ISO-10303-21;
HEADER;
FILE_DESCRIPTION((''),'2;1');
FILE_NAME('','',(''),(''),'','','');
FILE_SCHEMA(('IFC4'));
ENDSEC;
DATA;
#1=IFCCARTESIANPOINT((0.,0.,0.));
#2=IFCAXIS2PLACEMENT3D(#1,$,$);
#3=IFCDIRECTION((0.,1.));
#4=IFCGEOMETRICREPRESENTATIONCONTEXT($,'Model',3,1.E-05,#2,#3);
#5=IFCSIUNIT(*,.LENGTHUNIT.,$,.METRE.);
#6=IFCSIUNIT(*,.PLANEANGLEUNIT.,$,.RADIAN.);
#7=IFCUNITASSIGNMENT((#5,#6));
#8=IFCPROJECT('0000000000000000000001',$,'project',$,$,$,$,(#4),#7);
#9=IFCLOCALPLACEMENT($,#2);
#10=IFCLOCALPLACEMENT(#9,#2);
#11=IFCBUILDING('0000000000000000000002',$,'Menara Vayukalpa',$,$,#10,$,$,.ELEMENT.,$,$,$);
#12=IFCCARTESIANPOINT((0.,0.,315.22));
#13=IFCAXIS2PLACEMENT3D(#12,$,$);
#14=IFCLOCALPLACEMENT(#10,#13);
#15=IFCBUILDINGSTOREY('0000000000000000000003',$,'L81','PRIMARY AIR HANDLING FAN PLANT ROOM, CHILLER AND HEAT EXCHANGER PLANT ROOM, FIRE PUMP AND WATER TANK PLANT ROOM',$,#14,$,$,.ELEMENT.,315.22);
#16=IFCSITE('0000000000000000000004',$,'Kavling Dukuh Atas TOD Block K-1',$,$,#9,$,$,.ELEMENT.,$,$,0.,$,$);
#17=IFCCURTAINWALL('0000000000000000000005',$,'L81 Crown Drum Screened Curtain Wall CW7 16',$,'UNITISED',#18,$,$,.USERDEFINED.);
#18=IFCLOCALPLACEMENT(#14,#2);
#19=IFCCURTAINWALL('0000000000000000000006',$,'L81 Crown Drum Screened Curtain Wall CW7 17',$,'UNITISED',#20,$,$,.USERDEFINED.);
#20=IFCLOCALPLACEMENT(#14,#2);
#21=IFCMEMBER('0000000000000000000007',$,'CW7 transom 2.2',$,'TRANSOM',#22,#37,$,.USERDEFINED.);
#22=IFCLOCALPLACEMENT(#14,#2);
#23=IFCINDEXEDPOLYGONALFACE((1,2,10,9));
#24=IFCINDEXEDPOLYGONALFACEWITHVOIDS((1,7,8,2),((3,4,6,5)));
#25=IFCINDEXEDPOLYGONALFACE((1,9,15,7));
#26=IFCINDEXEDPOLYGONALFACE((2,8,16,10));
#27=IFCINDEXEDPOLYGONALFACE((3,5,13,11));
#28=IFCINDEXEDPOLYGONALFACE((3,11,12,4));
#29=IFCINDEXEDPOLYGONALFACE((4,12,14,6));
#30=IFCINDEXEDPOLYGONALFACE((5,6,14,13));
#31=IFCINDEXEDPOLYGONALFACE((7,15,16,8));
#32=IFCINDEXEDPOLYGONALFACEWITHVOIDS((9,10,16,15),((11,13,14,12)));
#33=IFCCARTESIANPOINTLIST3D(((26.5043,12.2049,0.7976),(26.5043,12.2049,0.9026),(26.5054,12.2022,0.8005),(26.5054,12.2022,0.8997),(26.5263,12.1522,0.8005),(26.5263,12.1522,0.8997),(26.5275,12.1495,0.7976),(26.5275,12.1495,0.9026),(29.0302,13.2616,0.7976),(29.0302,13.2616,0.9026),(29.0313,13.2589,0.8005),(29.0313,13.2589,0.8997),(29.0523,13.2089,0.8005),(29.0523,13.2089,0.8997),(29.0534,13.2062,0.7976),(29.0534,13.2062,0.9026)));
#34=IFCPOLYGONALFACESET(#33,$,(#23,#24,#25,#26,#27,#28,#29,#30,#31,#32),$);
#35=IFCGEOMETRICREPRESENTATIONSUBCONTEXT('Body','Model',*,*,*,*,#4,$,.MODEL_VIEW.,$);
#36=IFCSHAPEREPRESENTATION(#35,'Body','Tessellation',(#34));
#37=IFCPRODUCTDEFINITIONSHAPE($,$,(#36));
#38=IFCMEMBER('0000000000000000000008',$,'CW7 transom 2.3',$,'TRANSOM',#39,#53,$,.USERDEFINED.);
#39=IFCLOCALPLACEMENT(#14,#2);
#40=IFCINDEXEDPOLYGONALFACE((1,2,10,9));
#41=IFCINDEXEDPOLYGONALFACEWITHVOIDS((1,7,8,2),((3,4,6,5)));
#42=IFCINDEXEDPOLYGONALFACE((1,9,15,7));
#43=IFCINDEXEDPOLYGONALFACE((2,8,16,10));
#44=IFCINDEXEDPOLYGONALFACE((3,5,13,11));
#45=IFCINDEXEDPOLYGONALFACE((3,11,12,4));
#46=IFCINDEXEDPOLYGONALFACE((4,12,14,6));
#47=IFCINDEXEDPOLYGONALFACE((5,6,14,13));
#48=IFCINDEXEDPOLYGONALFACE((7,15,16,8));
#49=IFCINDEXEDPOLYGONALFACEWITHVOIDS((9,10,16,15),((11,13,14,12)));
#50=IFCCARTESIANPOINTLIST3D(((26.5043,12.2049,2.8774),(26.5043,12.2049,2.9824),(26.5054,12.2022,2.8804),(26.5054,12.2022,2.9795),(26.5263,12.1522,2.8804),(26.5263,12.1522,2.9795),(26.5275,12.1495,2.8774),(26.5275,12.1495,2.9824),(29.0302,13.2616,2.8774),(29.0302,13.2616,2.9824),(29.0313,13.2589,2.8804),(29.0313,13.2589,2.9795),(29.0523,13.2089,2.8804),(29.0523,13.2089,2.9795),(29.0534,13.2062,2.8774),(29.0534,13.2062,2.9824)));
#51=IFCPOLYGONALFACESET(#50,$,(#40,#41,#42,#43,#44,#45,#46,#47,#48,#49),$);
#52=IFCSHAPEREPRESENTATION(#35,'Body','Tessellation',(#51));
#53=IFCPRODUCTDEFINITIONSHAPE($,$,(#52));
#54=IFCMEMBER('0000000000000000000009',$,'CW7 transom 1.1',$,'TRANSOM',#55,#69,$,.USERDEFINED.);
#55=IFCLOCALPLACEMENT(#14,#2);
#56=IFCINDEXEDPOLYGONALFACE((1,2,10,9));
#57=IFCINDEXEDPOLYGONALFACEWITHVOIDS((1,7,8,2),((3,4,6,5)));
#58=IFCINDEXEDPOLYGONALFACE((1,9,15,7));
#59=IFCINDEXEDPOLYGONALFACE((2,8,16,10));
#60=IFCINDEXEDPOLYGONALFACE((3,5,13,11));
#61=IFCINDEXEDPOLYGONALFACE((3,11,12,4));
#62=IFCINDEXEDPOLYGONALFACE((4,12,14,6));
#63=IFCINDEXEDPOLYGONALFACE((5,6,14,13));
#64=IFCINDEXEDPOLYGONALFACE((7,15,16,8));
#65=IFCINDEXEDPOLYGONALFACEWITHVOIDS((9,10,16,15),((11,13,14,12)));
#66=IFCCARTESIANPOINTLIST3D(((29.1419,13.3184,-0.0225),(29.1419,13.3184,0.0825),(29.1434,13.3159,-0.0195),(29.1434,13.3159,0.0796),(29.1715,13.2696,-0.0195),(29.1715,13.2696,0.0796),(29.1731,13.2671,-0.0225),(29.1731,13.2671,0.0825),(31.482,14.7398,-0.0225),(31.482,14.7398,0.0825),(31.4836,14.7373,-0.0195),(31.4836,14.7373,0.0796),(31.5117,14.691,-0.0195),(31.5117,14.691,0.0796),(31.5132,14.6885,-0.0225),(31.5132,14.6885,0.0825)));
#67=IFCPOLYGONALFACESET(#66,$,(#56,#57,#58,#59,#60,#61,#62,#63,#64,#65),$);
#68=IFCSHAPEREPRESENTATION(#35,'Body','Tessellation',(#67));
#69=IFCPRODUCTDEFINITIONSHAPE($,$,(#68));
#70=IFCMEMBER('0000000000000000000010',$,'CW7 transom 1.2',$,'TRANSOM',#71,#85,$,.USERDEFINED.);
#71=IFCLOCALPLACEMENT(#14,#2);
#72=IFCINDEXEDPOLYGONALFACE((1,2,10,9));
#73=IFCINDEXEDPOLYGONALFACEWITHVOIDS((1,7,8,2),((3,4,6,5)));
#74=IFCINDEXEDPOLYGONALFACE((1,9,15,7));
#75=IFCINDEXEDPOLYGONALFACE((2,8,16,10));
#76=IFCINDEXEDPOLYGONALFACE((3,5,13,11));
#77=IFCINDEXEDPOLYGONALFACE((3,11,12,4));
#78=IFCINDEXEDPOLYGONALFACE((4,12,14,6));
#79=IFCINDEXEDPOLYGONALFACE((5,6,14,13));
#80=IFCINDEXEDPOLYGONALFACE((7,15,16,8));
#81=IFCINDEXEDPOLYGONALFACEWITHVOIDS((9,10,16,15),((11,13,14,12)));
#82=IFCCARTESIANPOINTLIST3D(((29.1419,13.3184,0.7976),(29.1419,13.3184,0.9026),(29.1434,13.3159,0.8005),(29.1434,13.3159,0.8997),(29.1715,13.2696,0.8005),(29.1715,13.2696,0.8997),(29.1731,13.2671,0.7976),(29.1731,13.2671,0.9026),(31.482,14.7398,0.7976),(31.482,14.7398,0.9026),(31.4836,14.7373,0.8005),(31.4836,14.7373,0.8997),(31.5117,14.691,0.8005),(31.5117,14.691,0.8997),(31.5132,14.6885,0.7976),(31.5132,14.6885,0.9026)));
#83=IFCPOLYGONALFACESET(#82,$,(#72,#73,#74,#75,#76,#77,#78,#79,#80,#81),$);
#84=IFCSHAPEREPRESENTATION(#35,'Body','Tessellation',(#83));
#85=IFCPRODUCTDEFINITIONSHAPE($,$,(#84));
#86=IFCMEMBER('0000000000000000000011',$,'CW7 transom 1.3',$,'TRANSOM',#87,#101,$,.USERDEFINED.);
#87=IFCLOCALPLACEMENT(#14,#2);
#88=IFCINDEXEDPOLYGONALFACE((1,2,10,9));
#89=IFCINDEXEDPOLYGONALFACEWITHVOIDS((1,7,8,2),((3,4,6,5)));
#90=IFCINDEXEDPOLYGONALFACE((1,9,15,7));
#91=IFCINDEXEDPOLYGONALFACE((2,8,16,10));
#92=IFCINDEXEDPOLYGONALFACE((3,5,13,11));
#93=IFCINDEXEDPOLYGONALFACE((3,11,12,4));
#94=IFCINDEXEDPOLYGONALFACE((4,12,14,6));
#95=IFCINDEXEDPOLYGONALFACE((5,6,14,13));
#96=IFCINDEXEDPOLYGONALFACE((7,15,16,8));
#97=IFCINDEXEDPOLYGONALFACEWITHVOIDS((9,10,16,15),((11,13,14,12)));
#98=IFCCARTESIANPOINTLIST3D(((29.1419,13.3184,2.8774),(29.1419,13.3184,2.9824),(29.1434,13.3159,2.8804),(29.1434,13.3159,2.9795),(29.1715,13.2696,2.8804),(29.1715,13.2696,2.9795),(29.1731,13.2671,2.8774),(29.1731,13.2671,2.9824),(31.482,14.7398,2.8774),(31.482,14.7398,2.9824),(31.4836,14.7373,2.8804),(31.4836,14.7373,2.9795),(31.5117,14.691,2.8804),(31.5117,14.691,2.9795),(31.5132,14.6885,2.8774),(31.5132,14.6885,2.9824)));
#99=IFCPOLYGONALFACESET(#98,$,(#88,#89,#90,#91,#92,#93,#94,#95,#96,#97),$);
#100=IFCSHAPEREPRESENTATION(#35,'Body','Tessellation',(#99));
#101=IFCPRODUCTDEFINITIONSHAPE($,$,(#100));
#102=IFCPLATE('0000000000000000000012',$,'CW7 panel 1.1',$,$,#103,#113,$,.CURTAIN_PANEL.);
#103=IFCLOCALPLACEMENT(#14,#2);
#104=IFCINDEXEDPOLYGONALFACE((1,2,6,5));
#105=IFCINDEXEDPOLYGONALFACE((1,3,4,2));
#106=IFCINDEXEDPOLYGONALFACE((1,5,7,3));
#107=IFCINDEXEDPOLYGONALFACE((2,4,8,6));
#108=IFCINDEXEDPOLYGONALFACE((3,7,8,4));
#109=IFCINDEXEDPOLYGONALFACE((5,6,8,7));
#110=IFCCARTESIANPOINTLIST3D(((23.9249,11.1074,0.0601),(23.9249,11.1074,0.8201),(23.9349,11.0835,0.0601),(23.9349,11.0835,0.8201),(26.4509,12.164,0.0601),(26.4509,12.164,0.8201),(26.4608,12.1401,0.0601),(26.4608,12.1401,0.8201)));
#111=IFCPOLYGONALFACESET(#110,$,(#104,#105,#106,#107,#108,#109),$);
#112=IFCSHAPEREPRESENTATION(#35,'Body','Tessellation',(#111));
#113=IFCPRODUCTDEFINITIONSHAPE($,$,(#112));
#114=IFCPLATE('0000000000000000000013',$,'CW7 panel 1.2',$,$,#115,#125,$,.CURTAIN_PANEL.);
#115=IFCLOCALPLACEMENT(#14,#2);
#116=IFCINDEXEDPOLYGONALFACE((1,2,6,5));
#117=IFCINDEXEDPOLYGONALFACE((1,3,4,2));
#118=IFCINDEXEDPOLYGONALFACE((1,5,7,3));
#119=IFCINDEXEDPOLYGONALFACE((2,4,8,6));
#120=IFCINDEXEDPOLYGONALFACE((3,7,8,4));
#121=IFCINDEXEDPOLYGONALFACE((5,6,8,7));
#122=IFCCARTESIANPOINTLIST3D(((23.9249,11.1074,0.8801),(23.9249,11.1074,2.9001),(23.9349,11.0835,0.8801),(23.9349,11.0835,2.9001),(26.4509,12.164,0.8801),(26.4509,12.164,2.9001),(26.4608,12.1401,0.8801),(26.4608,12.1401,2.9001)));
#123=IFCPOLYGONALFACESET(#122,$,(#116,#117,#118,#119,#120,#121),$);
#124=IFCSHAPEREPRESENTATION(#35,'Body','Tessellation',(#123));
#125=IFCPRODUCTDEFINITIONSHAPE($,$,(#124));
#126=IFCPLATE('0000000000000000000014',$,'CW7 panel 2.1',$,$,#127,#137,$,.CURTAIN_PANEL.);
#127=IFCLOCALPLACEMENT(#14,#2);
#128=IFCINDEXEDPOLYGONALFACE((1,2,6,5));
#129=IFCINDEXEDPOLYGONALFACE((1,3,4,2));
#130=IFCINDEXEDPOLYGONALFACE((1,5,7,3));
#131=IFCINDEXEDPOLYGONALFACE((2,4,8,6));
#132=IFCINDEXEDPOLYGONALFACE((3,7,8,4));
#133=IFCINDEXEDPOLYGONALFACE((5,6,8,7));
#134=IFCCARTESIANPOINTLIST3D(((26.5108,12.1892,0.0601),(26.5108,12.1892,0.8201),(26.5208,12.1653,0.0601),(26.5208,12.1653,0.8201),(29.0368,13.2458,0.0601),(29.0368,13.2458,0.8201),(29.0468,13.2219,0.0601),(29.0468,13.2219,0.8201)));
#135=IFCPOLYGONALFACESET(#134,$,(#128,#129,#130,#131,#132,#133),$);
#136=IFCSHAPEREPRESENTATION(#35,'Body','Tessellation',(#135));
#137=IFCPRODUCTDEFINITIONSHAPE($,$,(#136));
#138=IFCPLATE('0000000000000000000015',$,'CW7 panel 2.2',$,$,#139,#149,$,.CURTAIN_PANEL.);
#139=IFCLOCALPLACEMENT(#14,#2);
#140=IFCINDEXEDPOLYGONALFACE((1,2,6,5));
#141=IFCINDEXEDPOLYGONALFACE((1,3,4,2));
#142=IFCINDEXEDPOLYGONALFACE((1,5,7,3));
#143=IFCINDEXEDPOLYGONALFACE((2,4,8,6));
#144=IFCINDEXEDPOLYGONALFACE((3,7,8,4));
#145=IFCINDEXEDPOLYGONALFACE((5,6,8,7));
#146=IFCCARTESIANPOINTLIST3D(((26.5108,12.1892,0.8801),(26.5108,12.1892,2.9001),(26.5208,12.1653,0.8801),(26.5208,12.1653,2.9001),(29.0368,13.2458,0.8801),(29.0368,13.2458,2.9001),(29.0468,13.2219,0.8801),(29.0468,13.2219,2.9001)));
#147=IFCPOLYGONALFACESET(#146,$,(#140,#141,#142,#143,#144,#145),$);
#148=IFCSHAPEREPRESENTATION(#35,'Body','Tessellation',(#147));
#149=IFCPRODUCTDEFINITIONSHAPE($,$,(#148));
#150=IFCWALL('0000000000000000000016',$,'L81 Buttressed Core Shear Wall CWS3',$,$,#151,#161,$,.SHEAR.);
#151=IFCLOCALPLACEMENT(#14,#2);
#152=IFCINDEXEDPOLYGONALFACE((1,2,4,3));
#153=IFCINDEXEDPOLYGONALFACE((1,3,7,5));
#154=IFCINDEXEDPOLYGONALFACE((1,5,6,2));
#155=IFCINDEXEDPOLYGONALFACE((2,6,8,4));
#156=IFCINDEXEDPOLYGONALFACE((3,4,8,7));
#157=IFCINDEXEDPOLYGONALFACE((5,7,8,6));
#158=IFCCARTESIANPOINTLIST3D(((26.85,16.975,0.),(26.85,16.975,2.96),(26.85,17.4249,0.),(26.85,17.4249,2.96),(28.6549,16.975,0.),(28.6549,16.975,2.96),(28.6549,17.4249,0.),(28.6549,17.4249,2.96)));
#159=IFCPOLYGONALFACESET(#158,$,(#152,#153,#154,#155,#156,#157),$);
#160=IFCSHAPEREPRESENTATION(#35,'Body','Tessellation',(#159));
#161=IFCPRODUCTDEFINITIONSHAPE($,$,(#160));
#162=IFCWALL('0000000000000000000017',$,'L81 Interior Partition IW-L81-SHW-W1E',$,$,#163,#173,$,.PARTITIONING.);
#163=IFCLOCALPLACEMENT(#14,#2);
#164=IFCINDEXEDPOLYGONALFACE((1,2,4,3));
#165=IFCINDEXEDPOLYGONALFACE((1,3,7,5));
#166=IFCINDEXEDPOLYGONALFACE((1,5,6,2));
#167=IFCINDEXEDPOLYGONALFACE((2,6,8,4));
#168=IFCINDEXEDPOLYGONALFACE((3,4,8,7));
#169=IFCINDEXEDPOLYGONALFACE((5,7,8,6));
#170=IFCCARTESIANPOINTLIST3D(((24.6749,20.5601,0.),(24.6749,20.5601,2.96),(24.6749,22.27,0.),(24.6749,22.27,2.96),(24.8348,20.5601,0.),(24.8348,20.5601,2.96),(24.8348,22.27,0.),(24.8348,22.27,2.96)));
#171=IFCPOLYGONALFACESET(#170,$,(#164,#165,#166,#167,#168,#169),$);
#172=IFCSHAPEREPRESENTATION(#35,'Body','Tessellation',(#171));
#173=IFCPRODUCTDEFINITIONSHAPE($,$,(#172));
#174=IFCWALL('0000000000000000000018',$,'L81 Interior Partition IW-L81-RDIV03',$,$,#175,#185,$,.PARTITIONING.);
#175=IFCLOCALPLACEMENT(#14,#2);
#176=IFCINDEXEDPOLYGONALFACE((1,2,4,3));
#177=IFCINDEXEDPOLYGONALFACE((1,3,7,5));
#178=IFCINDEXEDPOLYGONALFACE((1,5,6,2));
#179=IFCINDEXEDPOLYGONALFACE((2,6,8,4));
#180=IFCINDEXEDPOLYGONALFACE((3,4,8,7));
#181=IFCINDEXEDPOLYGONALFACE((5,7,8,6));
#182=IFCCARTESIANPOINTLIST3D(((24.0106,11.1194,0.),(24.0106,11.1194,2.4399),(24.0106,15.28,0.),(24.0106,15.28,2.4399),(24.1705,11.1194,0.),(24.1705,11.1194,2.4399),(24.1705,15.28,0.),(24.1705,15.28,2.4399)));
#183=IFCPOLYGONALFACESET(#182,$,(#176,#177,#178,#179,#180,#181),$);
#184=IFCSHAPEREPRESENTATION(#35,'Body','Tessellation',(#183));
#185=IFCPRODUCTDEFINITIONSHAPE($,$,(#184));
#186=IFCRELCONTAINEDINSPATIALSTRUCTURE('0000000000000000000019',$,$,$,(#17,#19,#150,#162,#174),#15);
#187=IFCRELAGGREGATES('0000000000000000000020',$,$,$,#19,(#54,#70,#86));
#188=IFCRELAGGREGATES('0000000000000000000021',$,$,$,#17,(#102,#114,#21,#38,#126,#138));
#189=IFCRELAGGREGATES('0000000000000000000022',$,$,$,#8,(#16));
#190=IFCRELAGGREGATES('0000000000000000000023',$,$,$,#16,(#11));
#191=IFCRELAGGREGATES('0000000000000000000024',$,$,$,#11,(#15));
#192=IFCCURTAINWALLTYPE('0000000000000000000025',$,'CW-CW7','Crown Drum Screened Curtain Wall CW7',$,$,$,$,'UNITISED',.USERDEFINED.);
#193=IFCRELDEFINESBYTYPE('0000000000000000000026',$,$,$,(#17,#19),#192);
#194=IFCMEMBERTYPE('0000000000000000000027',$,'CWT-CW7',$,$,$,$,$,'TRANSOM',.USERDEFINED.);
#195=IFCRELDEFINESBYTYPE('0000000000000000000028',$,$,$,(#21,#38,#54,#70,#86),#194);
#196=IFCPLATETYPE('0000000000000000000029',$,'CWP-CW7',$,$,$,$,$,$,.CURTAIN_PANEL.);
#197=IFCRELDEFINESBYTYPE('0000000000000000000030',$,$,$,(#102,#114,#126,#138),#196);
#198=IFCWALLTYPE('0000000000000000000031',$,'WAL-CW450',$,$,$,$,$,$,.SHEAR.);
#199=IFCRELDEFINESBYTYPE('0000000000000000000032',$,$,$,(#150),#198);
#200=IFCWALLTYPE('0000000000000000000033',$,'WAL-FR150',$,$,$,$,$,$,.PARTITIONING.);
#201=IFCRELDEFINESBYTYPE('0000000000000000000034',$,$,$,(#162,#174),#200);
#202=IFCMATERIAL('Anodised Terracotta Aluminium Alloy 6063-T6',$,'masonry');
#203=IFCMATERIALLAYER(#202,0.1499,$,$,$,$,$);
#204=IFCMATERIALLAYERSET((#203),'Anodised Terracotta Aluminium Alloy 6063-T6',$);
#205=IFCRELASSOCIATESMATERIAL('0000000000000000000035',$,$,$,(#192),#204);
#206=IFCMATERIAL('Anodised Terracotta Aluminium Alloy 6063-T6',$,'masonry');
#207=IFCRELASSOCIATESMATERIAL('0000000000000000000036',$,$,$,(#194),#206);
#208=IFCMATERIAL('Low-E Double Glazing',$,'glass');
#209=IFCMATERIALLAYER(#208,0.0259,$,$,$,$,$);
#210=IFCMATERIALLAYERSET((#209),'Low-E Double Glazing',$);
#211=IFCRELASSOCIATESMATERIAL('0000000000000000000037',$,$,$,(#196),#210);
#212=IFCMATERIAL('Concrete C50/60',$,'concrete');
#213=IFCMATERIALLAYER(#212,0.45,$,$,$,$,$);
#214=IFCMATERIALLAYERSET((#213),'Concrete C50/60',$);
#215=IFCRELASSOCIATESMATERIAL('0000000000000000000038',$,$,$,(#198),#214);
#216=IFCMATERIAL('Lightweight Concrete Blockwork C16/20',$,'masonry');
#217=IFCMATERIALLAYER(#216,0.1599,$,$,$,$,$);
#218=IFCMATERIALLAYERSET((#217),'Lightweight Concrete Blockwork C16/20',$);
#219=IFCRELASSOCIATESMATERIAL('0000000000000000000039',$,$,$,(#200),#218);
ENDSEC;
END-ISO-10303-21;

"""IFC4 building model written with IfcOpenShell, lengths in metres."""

from ifc_helpers import new_model, si_unit, direction, frame, frame_2d, origin, origin_2d, place, context, subcontext, project, spatial, rectangle, hollow_rectangle, extrude, material, layer, layer_set, material_profile, profile_set, type_object, element, aggregate, save


model = new_model("IFC4")

# Units and contexts
model_context = context("Model", 3, precision=1e-05, world=origin(), true_north=direction((0.0, 1.0)))
body_context = subcontext(model_context, "Body", "Model", "MODEL_VIEW")
ifc_project = project(units=[si_unit("LENGTHUNIT", "METRE"), si_unit("PLANEANGLEUNIT", "RADIAN")], contexts=[model_context])

# Site, building, storey
site_placement = place(None, origin())
site = spatial("IfcSite", under=ifc_project, at=site_placement, Name="Kavling Dukuh Atas TOD Block K-1", CompositionType="ELEMENT", RefElevation=0.0)
building_placement = place(site_placement, origin())
building = spatial("IfcBuilding", under=site, at=building_placement, Name="Menara Vayukalpa", CompositionType="ELEMENT")
storey_placement = place(building_placement, frame((0.0, 0.0, 315.22)))
storey = spatial("IfcBuildingStorey", under=building, at=storey_placement, Name="L81", Description="PRIMARY AIR HANDLING FAN PLANT ROOM, CHILLER AND HEAT EXCHANGER PLANT ROOM, FIRE PUMP AND WATER TANK PLANT ROOM", CompositionType="ELEMENT", Elevation=315.22)

# Shared definitions
ifc_material_1 = material(Name="Anodised Terracotta Aluminium Alloy 6063-T6", Category="masonry")
ifc_layer_1 = layer(ifc_material_1, 0.1499)
ifc_layer_set_1 = layer_set([ifc_layer_1], Name="Anodised Terracotta Aluminium Alloy 6063-T6")
curtain_wall_type = type_object("IfcCurtainWallType", Name="CW-CW7", Description="Crown Drum Screened Curtain Wall CW7", ElementType="UNITISED", PredefinedType="USERDEFINED", material=ifc_layer_set_1)

# Curtain wall
curtain_wall_1_placement = place(storey_placement, origin())
curtain_wall_1 = element("IfcCurtainWall", 1, at=curtain_wall_1_placement, inside=storey, type_object=curtain_wall_type, Name="L81 Crown Drum Screened Curtain Wall CW7 16", ObjectType="UNITISED", PredefinedType="USERDEFINED")

# Curtain wall
curtain_wall_2_placement = place(storey_placement, origin())
curtain_wall_2 = element("IfcCurtainWall", 2, at=curtain_wall_2_placement, inside=storey, type_object=curtain_wall_type, Name="L81 Crown Drum Screened Curtain Wall CW7 17", ObjectType="UNITISED", PredefinedType="USERDEFINED")

# Members
ifc_material_2 = material(Name="Anodised Terracotta Aluminium Alloy 6063-T6", Category="masonry")
ifc_material_profile_1 = material_profile(ifc_material_2, hollow_rectangle(XDim=0.0601, YDim=0.105, WallThickness=0.0029, at=origin_2d()), Name="ALU 60x105x3")
ifc_profile_set_1 = profile_set([ifc_material_profile_1], Name="Anodised Terracotta Aluminium Alloy 6063-T6")
member_type_1 = type_object("IfcMemberType", Name="CWT-CW7", ElementType="TRANSOM", PredefinedType="USERDEFINED", material=ifc_profile_set_1)
member_1_placement = place(storey_placement, frame((26.5159, 12.1772, 0.8501), z_axis=(0.922533, 0.385919, 0.0), x_axis=(-0.385919, 0.922533, 0.0)))
member_1 = element("IfcMember", 3, at=member_1_placement, type_object=member_type_1, Name="CW7 transom 2.2", ObjectType="TRANSOM", PredefinedType="USERDEFINED", context=body_context, shape_type="SweptSolid", body=[
    extrude(hollow_rectangle(XDim=0.0601, YDim=0.105, WallThickness=0.0029, at=origin_2d()), origin(), (0.0, 0.0, 1.0), 2.738),
])
member_2_placement = place(storey_placement, frame((26.5159, 12.1772, 2.9299), z_axis=(0.922533, 0.385919, 0.0), x_axis=(-0.385919, 0.922533, 0.0)))
member_2 = element("IfcMember", 4, at=member_2_placement, type_object=member_type_1, Name="CW7 transom 2.3", ObjectType="TRANSOM", PredefinedType="USERDEFINED", context=body_context, shape_type="SweptSolid", body=[
    extrude(hollow_rectangle(XDim=0.0601, YDim=0.105, WallThickness=0.0029, at=origin_2d()), origin(), (0.0, 0.0, 1.0), 2.738),
])
member_3_placement = place(storey_placement, frame((29.1575, 13.2927, 0.03), z_axis=(0.854687, 0.519143, 0.0), x_axis=(-0.519143, 0.854687, 0.0)))
member_3 = element("IfcMember", 5, at=member_3_placement, type_object=member_type_1, Name="CW7 transom 1.1", ObjectType="TRANSOM", PredefinedType="USERDEFINED", context=body_context, shape_type="SweptSolid", body=[
    extrude(hollow_rectangle(XDim=0.0601, YDim=0.105, WallThickness=0.0029, at=origin_2d()), origin(), (0.0, 0.0, 1.0), 2.738),
])
member_4_placement = place(storey_placement, frame((29.1575, 13.2927, 0.8501), z_axis=(0.854687, 0.519143, 0.0), x_axis=(-0.519143, 0.854687, 0.0)))
member_4 = element("IfcMember", 6, at=member_4_placement, type_object=member_type_1, Name="CW7 transom 1.2", ObjectType="TRANSOM", PredefinedType="USERDEFINED", context=body_context, shape_type="SweptSolid", body=[
    extrude(hollow_rectangle(XDim=0.0601, YDim=0.105, WallThickness=0.0029, at=origin_2d()), origin(), (0.0, 0.0, 1.0), 2.738),
])
member_5_placement = place(storey_placement, frame((29.1575, 13.2927, 2.9299), z_axis=(0.854687, 0.519143, 0.0), x_axis=(-0.519143, 0.854687, 0.0)))
member_5 = element("IfcMember", 7, at=member_5_placement, type_object=member_type_1, Name="CW7 transom 1.3", ObjectType="TRANSOM", PredefinedType="USERDEFINED", context=body_context, shape_type="SweptSolid", body=[
    extrude(hollow_rectangle(XDim=0.0601, YDim=0.105, WallThickness=0.0029, at=origin_2d()), origin(), (0.0, 0.0, 1.0), 2.738),
])
aggregate(curtain_wall_2, [member_3, member_4, member_5])

# Plates
ifc_material_3 = material(Name="Low-E Double Glazing", Category="glass")
ifc_layer_2 = layer(ifc_material_3, 0.0259)
ifc_layer_set_2 = layer_set([ifc_layer_2], Name="Low-E Double Glazing")
plate_type = type_object("IfcPlateType", Name="CWP-CW7", PredefinedType="CURTAIN_PANEL", material=ifc_layer_set_2)
plate_1_placement = place(storey_placement, frame((25.1929, 11.6238, 0.0601), z_axis=(0.0, 0.0, 1.0), x_axis=(0.922541, 0.385898, 0.0)))
plate_1 = element("IfcPlate", 8, at=plate_1_placement, type_object=plate_type, Name="CW7 panel 1.1", PredefinedType="CURTAIN_PANEL", context=body_context, shape_type="SweptSolid", body=[
    extrude(rectangle(XDim=2.738, YDim=0.0259, at=origin_2d()), origin(), (0.0, 0.0, 1.0), 0.76),
])
plate_2_placement = place(storey_placement, frame((25.1929, 11.6238, 0.8801), z_axis=(0.0, 0.0, 1.0), x_axis=(0.922541, 0.385898, 0.0)))
plate_2 = element("IfcPlate", 9, at=plate_2_placement, type_object=plate_type, Name="CW7 panel 1.2", PredefinedType="CURTAIN_PANEL", context=body_context, shape_type="SweptSolid", body=[
    extrude(rectangle(XDim=2.738, YDim=0.0259, at=origin_2d()), origin(), (0.0, 0.0, 1.0), 2.02),
])
plate_3_placement = place(storey_placement, frame((27.7788, 12.7056, 0.0601), z_axis=(0.0, 0.0, 1.0), x_axis=(0.922541, 0.385898, 0.0)))
plate_3 = element("IfcPlate", 10, at=plate_3_placement, type_object=plate_type, Name="CW7 panel 2.1", PredefinedType="CURTAIN_PANEL", context=body_context, shape_type="SweptSolid", body=[
    extrude(rectangle(XDim=2.738, YDim=0.0259, at=origin_2d()), origin(), (0.0, 0.0, 1.0), 0.76),
])
plate_4_placement = place(storey_placement, frame((27.7788, 12.7056, 0.8801), z_axis=(0.0, 0.0, 1.0), x_axis=(0.922541, 0.385898, 0.0)))
plate_4 = element("IfcPlate", 11, at=plate_4_placement, type_object=plate_type, Name="CW7 panel 2.2", PredefinedType="CURTAIN_PANEL", context=body_context, shape_type="SweptSolid", body=[
    extrude(rectangle(XDim=2.738, YDim=0.0259, at=origin_2d()), origin(), (0.0, 0.0, 1.0), 2.02),
])
aggregate(curtain_wall_1, [plate_1, plate_2, member_1, member_2, plate_3, plate_4])

# Walls
ifc_material_4 = material(Name="Concrete C50/60", Category="concrete")
ifc_layer_3 = layer(ifc_material_4, 0.45)
ifc_layer_set_3 = layer_set([ifc_layer_3], Name="Concrete C50/60")
wall_type_1 = type_object("IfcWallType", Name="WAL-CW450", PredefinedType="SHEAR", material=ifc_layer_set_3)
wall_1_placement = place(storey_placement, frame((26.8501, 17.2, 0.0), z_axis=(0.0, 0.0, 1.0), x_axis=(1.0, 0.0, 0.0)))
element("IfcWall", 12, at=wall_1_placement, inside=storey, type_object=wall_type_1, Name="L81 Buttressed Core Shear Wall CWS3", PredefinedType="SHEAR", context=body_context, shape_type="SweptSolid", body=[
    extrude(rectangle(XDim=1.8049, YDim=0.45, at=frame_2d((0.9023, 0.0))), origin(), (0.0, 0.0, 1.0), 2.96),
])
ifc_material_5 = material(Name="Lightweight Concrete Blockwork C16/20", Category="masonry")
ifc_layer_4 = layer(ifc_material_5, 0.1599)
ifc_layer_set_4 = layer_set([ifc_layer_4], Name="Lightweight Concrete Blockwork C16/20")
wall_type_2 = type_object("IfcWallType", Name="WAL-FR150", PredefinedType="PARTITIONING", material=ifc_layer_set_4)
wall_2_placement = place(storey_placement, frame((24.7549, 20.5601, 0.0), z_axis=(0.0, 0.0, 1.0), x_axis=(0.0, 1.0, 0.0)))
element("IfcWall", 13, at=wall_2_placement, inside=storey, type_object=wall_type_2, Name="L81 Interior Partition IW-L81-SHW-W1E", PredefinedType="PARTITIONING", context=body_context, shape_type="SweptSolid", body=[
    extrude(rectangle(XDim=1.71, YDim=0.1599, at=frame_2d((0.855, 0.0))), origin(), (0.0, 0.0, 1.0), 2.96),
])
wall_3_placement = place(storey_placement, frame((24.0906, 11.1194, 0.0), z_axis=(0.0, 0.0, 1.0), x_axis=(0.0, 1.0, 0.0)))
element("IfcWall", 14, at=wall_3_placement, inside=storey, type_object=wall_type_2, Name="L81 Interior Partition IW-L81-RDIV03", PredefinedType="PARTITIONING", context=body_context, shape_type="SweptSolid", body=[
    extrude(rectangle(XDim=4.1606, YDim=0.1599, at=frame_2d((2.0803, 0.0))), origin(), (0.0, 0.0, 1.0), 2.4399),
])

save(model, "model.ifc")
